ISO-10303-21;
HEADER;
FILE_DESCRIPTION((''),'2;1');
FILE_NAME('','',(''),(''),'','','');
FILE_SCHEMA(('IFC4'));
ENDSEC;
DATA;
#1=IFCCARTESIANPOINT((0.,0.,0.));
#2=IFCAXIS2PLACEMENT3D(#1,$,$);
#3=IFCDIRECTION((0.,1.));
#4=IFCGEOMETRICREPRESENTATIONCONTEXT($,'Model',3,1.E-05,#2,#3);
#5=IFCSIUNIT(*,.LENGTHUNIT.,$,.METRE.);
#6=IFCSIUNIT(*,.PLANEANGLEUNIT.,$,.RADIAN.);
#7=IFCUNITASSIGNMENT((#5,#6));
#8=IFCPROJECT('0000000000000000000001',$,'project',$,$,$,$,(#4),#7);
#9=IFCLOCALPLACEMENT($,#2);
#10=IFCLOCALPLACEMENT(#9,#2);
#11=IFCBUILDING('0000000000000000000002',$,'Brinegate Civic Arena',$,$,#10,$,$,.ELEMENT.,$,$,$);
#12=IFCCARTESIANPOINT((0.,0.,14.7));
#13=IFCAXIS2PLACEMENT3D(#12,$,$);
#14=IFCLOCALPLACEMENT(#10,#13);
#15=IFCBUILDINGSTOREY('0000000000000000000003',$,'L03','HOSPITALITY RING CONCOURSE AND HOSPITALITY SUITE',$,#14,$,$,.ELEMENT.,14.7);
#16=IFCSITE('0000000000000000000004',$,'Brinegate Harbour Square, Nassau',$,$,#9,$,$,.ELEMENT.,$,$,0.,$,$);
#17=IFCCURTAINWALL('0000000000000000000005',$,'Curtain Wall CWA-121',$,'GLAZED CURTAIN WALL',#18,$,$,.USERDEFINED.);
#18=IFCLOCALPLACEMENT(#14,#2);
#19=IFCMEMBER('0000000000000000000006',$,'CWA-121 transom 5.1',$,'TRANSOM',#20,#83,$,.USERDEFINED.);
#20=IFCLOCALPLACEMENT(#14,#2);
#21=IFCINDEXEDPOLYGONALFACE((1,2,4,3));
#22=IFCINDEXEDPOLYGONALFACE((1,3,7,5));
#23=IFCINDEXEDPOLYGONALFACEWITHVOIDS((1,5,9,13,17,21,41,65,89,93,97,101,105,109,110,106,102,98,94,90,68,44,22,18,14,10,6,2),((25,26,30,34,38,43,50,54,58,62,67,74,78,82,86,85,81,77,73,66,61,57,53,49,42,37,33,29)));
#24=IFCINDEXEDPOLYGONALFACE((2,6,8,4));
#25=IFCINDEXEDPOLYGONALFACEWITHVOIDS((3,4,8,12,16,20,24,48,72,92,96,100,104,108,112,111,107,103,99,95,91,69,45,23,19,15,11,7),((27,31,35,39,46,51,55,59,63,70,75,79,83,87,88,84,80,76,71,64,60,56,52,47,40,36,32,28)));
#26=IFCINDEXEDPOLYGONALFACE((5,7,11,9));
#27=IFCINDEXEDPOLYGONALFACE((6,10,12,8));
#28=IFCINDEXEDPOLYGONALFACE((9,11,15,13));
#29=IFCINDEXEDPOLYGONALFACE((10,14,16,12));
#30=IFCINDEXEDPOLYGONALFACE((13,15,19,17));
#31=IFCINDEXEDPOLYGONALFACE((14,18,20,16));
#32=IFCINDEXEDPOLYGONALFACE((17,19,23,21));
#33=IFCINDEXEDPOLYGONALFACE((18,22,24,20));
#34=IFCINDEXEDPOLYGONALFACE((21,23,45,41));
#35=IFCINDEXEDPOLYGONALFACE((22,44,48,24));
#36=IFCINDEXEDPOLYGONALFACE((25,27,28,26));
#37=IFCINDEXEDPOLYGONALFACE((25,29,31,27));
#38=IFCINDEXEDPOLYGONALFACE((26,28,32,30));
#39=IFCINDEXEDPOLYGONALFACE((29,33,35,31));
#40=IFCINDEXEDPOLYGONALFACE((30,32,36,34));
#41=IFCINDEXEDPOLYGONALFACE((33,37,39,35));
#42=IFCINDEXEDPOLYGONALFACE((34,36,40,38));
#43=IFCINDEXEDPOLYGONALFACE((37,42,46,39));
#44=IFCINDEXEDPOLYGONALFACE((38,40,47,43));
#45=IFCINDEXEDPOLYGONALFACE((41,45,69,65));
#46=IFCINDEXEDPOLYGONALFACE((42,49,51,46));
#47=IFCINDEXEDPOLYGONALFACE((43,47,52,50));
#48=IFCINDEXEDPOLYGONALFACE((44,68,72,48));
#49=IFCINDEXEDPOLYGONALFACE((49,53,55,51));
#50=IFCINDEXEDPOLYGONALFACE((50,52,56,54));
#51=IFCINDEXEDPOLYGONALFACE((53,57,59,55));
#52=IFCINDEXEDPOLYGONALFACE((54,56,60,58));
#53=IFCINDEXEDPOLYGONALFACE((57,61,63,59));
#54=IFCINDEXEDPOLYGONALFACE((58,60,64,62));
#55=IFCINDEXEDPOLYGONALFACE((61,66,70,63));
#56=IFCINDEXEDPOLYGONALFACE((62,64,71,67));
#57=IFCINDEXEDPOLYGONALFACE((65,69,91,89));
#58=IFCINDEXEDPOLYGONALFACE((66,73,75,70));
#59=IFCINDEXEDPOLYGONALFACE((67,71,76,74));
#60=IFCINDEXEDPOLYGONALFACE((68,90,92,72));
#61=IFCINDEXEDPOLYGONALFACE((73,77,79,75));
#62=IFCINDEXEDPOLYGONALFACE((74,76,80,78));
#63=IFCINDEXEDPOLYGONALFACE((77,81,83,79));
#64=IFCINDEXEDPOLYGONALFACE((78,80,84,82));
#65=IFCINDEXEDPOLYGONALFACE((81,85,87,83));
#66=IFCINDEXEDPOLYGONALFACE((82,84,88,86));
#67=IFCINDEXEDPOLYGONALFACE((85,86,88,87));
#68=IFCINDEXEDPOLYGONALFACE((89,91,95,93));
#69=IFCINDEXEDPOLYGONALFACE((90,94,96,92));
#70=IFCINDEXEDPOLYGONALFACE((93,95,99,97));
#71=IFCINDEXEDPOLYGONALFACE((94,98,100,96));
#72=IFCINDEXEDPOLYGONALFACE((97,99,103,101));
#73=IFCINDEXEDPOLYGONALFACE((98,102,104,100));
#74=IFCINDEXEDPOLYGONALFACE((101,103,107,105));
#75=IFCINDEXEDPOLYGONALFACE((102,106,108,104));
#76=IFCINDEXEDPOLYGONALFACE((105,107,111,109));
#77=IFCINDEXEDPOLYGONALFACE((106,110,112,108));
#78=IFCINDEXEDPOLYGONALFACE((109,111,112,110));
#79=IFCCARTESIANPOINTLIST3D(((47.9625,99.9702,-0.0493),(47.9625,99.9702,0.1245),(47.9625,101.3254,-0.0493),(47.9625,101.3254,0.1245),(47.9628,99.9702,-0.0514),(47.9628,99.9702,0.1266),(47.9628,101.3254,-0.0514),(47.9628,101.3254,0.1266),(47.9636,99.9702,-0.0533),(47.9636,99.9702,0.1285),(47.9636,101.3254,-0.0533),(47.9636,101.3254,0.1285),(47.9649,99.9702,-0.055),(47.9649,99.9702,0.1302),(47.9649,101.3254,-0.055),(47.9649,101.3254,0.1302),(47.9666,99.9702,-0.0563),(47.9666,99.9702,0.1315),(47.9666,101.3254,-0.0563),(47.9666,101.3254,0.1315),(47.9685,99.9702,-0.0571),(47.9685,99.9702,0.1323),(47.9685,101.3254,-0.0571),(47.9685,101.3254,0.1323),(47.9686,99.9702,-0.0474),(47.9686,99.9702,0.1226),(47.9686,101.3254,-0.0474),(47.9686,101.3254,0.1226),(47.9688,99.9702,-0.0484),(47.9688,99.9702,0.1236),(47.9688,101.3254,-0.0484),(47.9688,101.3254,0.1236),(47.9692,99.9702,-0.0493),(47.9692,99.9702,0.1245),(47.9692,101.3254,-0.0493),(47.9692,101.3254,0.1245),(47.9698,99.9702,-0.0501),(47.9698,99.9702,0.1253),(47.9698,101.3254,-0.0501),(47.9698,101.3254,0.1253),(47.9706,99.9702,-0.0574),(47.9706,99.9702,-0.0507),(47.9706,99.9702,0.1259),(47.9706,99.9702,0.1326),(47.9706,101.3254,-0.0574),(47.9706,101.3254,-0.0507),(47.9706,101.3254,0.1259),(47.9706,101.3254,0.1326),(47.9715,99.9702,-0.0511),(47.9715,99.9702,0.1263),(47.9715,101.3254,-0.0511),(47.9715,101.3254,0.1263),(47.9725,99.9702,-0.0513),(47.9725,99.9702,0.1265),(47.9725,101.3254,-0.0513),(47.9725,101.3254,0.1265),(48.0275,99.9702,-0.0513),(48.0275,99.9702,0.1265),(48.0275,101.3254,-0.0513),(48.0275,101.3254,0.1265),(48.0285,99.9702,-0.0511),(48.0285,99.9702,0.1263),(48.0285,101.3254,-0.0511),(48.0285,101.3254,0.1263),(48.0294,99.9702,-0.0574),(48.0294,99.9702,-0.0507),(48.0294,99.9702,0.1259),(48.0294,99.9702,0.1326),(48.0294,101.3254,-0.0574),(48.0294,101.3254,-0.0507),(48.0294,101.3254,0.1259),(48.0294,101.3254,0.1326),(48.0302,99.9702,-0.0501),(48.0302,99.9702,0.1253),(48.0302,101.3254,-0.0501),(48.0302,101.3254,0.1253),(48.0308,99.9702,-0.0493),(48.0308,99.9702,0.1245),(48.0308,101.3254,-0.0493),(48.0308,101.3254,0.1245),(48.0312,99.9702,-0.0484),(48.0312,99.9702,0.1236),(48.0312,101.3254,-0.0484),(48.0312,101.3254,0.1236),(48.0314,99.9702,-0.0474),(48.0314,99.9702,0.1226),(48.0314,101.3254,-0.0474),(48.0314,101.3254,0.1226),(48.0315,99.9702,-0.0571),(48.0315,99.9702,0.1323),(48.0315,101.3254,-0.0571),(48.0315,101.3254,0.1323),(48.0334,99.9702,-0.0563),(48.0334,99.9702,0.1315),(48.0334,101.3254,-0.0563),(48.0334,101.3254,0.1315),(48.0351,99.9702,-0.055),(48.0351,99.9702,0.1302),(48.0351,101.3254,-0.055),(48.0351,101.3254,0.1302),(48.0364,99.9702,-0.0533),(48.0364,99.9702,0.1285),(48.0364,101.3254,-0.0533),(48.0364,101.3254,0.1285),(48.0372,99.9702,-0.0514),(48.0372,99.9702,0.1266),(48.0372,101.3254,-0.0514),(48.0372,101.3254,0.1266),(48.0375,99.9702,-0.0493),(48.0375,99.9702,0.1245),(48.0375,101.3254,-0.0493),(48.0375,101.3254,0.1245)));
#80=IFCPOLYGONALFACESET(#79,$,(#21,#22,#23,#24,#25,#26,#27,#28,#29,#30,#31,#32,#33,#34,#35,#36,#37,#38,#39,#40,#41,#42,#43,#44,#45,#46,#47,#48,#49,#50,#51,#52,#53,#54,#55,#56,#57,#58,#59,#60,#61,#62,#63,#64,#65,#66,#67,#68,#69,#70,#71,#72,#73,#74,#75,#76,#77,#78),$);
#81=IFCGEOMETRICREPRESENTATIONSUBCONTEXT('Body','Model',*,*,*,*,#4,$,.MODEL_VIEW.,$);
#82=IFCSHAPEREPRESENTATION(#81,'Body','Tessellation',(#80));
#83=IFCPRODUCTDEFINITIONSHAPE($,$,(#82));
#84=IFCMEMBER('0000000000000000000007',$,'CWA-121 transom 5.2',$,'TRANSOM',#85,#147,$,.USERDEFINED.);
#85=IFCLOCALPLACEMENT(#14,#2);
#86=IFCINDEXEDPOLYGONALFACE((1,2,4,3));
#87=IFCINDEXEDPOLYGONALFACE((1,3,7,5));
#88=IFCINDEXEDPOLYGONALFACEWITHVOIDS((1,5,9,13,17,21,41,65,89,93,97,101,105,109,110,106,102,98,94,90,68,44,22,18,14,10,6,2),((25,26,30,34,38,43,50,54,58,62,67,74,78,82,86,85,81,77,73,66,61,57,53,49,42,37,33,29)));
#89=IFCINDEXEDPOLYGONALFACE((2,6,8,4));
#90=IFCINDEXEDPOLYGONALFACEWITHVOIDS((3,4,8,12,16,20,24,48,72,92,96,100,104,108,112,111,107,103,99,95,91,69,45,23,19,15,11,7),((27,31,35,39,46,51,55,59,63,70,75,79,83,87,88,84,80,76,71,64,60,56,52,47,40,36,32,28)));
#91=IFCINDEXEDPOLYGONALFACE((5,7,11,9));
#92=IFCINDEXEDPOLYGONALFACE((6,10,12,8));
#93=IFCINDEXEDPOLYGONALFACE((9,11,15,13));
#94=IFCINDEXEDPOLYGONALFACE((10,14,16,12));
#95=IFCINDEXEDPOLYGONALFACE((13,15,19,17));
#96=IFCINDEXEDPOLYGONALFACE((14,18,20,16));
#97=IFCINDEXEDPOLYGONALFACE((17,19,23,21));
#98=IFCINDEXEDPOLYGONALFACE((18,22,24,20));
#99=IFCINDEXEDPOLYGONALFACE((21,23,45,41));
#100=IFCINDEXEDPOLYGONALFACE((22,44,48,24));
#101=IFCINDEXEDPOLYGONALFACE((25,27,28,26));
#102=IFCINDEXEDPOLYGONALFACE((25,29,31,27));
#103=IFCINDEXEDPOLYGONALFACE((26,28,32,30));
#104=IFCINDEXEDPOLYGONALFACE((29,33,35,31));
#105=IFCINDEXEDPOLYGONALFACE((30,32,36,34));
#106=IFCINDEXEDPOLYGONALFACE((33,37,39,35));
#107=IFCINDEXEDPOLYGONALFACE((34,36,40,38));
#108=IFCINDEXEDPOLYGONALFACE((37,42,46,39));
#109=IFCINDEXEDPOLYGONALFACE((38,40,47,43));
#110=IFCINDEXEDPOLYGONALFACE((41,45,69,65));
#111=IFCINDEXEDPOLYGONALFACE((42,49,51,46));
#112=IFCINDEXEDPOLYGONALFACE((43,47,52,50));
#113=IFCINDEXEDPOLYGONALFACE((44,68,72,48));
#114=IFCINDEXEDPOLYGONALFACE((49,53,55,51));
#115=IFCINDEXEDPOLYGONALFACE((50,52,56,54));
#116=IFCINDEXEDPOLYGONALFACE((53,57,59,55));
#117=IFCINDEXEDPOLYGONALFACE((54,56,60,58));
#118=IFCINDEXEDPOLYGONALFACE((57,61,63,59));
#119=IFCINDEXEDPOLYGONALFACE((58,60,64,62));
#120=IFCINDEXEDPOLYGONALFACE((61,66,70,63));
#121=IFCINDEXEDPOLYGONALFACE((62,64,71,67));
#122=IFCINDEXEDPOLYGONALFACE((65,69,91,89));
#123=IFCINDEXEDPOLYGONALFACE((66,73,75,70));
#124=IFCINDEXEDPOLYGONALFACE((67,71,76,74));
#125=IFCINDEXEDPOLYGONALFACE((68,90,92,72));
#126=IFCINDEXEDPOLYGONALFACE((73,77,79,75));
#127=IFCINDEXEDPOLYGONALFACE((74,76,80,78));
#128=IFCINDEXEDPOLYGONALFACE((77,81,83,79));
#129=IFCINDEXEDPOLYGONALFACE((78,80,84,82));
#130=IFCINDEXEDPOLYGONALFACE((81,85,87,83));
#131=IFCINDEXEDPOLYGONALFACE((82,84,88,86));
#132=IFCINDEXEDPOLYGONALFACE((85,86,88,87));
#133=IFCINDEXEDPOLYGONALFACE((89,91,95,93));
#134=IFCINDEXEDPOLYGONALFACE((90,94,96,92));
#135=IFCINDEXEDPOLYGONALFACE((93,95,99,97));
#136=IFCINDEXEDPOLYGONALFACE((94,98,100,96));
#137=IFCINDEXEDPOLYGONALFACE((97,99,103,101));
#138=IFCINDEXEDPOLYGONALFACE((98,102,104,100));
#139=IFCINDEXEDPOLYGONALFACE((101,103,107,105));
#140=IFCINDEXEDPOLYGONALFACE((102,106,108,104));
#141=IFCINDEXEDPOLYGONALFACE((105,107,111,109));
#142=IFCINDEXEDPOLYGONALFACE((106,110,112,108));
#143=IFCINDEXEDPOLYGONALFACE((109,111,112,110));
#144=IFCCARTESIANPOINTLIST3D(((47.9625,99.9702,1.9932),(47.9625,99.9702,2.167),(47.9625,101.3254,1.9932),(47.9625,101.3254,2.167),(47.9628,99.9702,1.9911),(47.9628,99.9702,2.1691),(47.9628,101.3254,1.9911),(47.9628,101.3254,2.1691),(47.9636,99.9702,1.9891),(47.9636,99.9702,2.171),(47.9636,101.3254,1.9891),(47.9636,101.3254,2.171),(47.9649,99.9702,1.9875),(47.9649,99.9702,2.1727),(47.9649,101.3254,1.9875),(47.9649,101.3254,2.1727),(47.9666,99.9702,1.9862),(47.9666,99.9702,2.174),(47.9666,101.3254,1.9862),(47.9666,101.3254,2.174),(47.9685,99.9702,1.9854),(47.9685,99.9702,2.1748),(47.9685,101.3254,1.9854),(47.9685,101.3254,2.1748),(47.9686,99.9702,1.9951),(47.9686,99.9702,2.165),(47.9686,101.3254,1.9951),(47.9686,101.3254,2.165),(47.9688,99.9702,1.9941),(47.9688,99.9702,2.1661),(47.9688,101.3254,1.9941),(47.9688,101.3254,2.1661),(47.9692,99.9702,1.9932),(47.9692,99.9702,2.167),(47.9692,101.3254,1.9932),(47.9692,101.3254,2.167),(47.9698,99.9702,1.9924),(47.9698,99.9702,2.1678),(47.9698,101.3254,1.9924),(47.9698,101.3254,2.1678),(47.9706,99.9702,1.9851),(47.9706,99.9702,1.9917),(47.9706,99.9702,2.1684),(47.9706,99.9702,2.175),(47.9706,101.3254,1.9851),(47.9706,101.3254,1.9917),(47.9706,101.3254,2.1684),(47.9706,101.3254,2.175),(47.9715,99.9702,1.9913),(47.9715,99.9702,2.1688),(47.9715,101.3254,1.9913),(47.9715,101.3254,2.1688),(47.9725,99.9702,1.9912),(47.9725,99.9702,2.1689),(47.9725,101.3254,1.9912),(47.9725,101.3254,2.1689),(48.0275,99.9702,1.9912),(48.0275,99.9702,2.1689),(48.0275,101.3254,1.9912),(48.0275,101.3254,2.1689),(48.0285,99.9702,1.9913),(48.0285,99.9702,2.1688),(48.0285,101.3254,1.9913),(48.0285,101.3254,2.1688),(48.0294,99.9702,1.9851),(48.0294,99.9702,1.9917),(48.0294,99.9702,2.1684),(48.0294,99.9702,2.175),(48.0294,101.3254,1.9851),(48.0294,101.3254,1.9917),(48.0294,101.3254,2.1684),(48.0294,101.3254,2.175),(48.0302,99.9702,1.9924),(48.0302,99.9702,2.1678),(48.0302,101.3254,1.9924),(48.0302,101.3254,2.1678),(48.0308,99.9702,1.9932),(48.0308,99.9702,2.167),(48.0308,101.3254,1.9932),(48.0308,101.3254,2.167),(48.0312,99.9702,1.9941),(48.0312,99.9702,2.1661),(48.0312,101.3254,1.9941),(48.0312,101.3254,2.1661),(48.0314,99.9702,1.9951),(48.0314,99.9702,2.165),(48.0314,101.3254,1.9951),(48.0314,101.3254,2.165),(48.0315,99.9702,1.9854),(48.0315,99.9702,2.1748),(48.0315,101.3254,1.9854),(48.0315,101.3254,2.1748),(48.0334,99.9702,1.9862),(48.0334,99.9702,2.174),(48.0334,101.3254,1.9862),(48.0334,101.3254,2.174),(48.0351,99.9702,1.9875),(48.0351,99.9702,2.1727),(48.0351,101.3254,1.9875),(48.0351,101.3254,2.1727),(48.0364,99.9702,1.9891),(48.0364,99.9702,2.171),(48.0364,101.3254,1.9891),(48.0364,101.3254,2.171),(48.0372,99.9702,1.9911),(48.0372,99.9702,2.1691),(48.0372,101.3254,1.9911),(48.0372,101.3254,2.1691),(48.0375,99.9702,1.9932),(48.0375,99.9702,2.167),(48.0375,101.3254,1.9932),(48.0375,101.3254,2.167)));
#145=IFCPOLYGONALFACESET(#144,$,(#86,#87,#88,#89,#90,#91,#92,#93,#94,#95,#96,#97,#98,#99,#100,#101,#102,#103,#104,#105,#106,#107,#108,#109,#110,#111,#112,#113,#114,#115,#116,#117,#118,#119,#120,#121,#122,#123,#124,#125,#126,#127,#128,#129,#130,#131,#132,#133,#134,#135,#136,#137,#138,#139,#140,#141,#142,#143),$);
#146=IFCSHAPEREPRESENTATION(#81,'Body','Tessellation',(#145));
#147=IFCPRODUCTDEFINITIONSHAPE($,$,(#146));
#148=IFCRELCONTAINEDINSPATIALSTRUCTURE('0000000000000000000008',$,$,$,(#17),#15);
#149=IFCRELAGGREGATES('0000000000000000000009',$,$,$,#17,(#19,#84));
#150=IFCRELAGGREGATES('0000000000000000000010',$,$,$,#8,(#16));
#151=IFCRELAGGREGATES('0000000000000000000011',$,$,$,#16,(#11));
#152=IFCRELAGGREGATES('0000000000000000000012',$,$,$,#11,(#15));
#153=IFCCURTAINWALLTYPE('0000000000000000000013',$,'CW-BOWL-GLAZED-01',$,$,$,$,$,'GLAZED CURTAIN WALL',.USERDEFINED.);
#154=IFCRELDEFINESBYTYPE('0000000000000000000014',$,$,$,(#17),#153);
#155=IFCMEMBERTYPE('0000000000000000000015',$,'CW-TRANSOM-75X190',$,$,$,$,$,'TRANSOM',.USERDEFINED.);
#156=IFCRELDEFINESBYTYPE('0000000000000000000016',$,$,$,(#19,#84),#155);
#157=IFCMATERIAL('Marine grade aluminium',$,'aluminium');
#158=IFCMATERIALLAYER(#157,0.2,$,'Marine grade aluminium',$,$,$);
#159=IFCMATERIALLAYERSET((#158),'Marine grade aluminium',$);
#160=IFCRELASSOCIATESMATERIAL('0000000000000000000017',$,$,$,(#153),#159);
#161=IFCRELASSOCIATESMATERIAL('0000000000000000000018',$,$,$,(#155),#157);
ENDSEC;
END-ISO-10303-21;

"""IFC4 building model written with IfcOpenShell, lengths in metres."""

from ifc_helpers import new_model, si_unit, direction, frame, origin, origin_2d, place, context, subcontext, project, spatial, hollow_rectangle, extrude, material, layer, layer_set, material_profile, profile_set, type_object, element, aggregate, save


model = new_model("IFC4")

# Units and contexts
model_context = context("Model", 3, precision=1e-05, world=origin(), true_north=direction((0.0, 1.0)))
body_context = subcontext(model_context, "Body", "Model", "MODEL_VIEW")
ifc_project = project(units=[si_unit("LENGTHUNIT", "METRE"), si_unit("PLANEANGLEUNIT", "RADIAN")], contexts=[model_context])

# Site, building, storey
site_placement = place(None, origin())
site = spatial("IfcSite", under=ifc_project, at=site_placement, Name="Brinegate Harbour Square, Nassau", CompositionType="ELEMENT", RefElevation=0.0)
building_placement = place(site_placement, origin())
building = spatial("IfcBuilding", under=site, at=building_placement, Name="Brinegate Civic Arena", CompositionType="ELEMENT")
storey_placement = place(building_placement, frame((0.0, 0.0, 14.7)))
storey = spatial("IfcBuildingStorey", under=building, at=storey_placement, Name="L03", Description="HOSPITALITY RING CONCOURSE AND HOSPITALITY SUITE", CompositionType="ELEMENT", Elevation=14.7)

# Curtain wall
ifc_material_1 = material(Name="Marine grade aluminium", Category="aluminium")
ifc_layer_1 = layer(ifc_material_1, 0.2, Name="Marine grade aluminium")
ifc_layer_set_1 = layer_set([ifc_layer_1], Name="Marine grade aluminium")
curtain_wall_type = type_object("IfcCurtainWallType", Name="CW-BOWL-GLAZED-01", ElementType="GLAZED CURTAIN WALL", PredefinedType="USERDEFINED", material=ifc_layer_set_1)
curtain_wall_1_placement = place(storey_placement, origin())
curtain_wall_1 = element("IfcCurtainWall", 1, at=curtain_wall_1_placement, inside=storey, type_object=curtain_wall_type, Name="Curtain Wall CWA-121", ObjectType="GLAZED CURTAIN WALL", PredefinedType="USERDEFINED")

# Members
ifc_material_profile_1 = material_profile(ifc_material_1, hollow_rectangle(XDim=0.075, YDim=0.1899, WallThickness=0.0061, InnerFilletRadius=0.0039, OuterFilletRadius=0.0081, at=origin_2d()), Name="TRN75X190")
ifc_profile_set_1 = profile_set([ifc_material_profile_1], Name="Marine grade aluminium")
member_type_1 = type_object("IfcMemberType", Name="CW-TRANSOM-75X190", ElementType="TRANSOM", PredefinedType="USERDEFINED", material=ifc_profile_set_1)
member_1_placement = place(storey_placement, frame((48.0, 99.9702, 0.0376), z_axis=(0.0, 1.0, 0.0), x_axis=(-1.0, 0.0, 0.0)))
member_1 = element("IfcMember", 2, at=member_1_placement, type_object=member_type_1, Name="CWA-121 transom 5.1", ObjectType="TRANSOM", PredefinedType="USERDEFINED", context=body_context, shape_type="SweptSolid", body=[
    extrude(hollow_rectangle(XDim=0.075, YDim=0.1899, WallThickness=0.0061, InnerFilletRadius=0.0039, OuterFilletRadius=0.0081, at=origin_2d()), origin(), (0.0, 0.0, 1.0), 1.3552),
])
member_2_placement = place(storey_placement, frame((48.0, 99.9702, 2.0801), z_axis=(0.0, 1.0, 0.0), x_axis=(-1.0, 0.0, 0.0)))
member_2 = element("IfcMember", 3, at=member_2_placement, type_object=member_type_1, Name="CWA-121 transom 5.2", ObjectType="TRANSOM", PredefinedType="USERDEFINED", context=body_context, shape_type="SweptSolid", body=[
    extrude(hollow_rectangle(XDim=0.075, YDim=0.1899, WallThickness=0.0061, InnerFilletRadius=0.0039, OuterFilletRadius=0.0081, at=origin_2d()), origin(), (0.0, 0.0, 1.0), 1.3552),
])

aggregate(curtain_wall_1, [member_1, member_2])

save(model, "model.ifc")
